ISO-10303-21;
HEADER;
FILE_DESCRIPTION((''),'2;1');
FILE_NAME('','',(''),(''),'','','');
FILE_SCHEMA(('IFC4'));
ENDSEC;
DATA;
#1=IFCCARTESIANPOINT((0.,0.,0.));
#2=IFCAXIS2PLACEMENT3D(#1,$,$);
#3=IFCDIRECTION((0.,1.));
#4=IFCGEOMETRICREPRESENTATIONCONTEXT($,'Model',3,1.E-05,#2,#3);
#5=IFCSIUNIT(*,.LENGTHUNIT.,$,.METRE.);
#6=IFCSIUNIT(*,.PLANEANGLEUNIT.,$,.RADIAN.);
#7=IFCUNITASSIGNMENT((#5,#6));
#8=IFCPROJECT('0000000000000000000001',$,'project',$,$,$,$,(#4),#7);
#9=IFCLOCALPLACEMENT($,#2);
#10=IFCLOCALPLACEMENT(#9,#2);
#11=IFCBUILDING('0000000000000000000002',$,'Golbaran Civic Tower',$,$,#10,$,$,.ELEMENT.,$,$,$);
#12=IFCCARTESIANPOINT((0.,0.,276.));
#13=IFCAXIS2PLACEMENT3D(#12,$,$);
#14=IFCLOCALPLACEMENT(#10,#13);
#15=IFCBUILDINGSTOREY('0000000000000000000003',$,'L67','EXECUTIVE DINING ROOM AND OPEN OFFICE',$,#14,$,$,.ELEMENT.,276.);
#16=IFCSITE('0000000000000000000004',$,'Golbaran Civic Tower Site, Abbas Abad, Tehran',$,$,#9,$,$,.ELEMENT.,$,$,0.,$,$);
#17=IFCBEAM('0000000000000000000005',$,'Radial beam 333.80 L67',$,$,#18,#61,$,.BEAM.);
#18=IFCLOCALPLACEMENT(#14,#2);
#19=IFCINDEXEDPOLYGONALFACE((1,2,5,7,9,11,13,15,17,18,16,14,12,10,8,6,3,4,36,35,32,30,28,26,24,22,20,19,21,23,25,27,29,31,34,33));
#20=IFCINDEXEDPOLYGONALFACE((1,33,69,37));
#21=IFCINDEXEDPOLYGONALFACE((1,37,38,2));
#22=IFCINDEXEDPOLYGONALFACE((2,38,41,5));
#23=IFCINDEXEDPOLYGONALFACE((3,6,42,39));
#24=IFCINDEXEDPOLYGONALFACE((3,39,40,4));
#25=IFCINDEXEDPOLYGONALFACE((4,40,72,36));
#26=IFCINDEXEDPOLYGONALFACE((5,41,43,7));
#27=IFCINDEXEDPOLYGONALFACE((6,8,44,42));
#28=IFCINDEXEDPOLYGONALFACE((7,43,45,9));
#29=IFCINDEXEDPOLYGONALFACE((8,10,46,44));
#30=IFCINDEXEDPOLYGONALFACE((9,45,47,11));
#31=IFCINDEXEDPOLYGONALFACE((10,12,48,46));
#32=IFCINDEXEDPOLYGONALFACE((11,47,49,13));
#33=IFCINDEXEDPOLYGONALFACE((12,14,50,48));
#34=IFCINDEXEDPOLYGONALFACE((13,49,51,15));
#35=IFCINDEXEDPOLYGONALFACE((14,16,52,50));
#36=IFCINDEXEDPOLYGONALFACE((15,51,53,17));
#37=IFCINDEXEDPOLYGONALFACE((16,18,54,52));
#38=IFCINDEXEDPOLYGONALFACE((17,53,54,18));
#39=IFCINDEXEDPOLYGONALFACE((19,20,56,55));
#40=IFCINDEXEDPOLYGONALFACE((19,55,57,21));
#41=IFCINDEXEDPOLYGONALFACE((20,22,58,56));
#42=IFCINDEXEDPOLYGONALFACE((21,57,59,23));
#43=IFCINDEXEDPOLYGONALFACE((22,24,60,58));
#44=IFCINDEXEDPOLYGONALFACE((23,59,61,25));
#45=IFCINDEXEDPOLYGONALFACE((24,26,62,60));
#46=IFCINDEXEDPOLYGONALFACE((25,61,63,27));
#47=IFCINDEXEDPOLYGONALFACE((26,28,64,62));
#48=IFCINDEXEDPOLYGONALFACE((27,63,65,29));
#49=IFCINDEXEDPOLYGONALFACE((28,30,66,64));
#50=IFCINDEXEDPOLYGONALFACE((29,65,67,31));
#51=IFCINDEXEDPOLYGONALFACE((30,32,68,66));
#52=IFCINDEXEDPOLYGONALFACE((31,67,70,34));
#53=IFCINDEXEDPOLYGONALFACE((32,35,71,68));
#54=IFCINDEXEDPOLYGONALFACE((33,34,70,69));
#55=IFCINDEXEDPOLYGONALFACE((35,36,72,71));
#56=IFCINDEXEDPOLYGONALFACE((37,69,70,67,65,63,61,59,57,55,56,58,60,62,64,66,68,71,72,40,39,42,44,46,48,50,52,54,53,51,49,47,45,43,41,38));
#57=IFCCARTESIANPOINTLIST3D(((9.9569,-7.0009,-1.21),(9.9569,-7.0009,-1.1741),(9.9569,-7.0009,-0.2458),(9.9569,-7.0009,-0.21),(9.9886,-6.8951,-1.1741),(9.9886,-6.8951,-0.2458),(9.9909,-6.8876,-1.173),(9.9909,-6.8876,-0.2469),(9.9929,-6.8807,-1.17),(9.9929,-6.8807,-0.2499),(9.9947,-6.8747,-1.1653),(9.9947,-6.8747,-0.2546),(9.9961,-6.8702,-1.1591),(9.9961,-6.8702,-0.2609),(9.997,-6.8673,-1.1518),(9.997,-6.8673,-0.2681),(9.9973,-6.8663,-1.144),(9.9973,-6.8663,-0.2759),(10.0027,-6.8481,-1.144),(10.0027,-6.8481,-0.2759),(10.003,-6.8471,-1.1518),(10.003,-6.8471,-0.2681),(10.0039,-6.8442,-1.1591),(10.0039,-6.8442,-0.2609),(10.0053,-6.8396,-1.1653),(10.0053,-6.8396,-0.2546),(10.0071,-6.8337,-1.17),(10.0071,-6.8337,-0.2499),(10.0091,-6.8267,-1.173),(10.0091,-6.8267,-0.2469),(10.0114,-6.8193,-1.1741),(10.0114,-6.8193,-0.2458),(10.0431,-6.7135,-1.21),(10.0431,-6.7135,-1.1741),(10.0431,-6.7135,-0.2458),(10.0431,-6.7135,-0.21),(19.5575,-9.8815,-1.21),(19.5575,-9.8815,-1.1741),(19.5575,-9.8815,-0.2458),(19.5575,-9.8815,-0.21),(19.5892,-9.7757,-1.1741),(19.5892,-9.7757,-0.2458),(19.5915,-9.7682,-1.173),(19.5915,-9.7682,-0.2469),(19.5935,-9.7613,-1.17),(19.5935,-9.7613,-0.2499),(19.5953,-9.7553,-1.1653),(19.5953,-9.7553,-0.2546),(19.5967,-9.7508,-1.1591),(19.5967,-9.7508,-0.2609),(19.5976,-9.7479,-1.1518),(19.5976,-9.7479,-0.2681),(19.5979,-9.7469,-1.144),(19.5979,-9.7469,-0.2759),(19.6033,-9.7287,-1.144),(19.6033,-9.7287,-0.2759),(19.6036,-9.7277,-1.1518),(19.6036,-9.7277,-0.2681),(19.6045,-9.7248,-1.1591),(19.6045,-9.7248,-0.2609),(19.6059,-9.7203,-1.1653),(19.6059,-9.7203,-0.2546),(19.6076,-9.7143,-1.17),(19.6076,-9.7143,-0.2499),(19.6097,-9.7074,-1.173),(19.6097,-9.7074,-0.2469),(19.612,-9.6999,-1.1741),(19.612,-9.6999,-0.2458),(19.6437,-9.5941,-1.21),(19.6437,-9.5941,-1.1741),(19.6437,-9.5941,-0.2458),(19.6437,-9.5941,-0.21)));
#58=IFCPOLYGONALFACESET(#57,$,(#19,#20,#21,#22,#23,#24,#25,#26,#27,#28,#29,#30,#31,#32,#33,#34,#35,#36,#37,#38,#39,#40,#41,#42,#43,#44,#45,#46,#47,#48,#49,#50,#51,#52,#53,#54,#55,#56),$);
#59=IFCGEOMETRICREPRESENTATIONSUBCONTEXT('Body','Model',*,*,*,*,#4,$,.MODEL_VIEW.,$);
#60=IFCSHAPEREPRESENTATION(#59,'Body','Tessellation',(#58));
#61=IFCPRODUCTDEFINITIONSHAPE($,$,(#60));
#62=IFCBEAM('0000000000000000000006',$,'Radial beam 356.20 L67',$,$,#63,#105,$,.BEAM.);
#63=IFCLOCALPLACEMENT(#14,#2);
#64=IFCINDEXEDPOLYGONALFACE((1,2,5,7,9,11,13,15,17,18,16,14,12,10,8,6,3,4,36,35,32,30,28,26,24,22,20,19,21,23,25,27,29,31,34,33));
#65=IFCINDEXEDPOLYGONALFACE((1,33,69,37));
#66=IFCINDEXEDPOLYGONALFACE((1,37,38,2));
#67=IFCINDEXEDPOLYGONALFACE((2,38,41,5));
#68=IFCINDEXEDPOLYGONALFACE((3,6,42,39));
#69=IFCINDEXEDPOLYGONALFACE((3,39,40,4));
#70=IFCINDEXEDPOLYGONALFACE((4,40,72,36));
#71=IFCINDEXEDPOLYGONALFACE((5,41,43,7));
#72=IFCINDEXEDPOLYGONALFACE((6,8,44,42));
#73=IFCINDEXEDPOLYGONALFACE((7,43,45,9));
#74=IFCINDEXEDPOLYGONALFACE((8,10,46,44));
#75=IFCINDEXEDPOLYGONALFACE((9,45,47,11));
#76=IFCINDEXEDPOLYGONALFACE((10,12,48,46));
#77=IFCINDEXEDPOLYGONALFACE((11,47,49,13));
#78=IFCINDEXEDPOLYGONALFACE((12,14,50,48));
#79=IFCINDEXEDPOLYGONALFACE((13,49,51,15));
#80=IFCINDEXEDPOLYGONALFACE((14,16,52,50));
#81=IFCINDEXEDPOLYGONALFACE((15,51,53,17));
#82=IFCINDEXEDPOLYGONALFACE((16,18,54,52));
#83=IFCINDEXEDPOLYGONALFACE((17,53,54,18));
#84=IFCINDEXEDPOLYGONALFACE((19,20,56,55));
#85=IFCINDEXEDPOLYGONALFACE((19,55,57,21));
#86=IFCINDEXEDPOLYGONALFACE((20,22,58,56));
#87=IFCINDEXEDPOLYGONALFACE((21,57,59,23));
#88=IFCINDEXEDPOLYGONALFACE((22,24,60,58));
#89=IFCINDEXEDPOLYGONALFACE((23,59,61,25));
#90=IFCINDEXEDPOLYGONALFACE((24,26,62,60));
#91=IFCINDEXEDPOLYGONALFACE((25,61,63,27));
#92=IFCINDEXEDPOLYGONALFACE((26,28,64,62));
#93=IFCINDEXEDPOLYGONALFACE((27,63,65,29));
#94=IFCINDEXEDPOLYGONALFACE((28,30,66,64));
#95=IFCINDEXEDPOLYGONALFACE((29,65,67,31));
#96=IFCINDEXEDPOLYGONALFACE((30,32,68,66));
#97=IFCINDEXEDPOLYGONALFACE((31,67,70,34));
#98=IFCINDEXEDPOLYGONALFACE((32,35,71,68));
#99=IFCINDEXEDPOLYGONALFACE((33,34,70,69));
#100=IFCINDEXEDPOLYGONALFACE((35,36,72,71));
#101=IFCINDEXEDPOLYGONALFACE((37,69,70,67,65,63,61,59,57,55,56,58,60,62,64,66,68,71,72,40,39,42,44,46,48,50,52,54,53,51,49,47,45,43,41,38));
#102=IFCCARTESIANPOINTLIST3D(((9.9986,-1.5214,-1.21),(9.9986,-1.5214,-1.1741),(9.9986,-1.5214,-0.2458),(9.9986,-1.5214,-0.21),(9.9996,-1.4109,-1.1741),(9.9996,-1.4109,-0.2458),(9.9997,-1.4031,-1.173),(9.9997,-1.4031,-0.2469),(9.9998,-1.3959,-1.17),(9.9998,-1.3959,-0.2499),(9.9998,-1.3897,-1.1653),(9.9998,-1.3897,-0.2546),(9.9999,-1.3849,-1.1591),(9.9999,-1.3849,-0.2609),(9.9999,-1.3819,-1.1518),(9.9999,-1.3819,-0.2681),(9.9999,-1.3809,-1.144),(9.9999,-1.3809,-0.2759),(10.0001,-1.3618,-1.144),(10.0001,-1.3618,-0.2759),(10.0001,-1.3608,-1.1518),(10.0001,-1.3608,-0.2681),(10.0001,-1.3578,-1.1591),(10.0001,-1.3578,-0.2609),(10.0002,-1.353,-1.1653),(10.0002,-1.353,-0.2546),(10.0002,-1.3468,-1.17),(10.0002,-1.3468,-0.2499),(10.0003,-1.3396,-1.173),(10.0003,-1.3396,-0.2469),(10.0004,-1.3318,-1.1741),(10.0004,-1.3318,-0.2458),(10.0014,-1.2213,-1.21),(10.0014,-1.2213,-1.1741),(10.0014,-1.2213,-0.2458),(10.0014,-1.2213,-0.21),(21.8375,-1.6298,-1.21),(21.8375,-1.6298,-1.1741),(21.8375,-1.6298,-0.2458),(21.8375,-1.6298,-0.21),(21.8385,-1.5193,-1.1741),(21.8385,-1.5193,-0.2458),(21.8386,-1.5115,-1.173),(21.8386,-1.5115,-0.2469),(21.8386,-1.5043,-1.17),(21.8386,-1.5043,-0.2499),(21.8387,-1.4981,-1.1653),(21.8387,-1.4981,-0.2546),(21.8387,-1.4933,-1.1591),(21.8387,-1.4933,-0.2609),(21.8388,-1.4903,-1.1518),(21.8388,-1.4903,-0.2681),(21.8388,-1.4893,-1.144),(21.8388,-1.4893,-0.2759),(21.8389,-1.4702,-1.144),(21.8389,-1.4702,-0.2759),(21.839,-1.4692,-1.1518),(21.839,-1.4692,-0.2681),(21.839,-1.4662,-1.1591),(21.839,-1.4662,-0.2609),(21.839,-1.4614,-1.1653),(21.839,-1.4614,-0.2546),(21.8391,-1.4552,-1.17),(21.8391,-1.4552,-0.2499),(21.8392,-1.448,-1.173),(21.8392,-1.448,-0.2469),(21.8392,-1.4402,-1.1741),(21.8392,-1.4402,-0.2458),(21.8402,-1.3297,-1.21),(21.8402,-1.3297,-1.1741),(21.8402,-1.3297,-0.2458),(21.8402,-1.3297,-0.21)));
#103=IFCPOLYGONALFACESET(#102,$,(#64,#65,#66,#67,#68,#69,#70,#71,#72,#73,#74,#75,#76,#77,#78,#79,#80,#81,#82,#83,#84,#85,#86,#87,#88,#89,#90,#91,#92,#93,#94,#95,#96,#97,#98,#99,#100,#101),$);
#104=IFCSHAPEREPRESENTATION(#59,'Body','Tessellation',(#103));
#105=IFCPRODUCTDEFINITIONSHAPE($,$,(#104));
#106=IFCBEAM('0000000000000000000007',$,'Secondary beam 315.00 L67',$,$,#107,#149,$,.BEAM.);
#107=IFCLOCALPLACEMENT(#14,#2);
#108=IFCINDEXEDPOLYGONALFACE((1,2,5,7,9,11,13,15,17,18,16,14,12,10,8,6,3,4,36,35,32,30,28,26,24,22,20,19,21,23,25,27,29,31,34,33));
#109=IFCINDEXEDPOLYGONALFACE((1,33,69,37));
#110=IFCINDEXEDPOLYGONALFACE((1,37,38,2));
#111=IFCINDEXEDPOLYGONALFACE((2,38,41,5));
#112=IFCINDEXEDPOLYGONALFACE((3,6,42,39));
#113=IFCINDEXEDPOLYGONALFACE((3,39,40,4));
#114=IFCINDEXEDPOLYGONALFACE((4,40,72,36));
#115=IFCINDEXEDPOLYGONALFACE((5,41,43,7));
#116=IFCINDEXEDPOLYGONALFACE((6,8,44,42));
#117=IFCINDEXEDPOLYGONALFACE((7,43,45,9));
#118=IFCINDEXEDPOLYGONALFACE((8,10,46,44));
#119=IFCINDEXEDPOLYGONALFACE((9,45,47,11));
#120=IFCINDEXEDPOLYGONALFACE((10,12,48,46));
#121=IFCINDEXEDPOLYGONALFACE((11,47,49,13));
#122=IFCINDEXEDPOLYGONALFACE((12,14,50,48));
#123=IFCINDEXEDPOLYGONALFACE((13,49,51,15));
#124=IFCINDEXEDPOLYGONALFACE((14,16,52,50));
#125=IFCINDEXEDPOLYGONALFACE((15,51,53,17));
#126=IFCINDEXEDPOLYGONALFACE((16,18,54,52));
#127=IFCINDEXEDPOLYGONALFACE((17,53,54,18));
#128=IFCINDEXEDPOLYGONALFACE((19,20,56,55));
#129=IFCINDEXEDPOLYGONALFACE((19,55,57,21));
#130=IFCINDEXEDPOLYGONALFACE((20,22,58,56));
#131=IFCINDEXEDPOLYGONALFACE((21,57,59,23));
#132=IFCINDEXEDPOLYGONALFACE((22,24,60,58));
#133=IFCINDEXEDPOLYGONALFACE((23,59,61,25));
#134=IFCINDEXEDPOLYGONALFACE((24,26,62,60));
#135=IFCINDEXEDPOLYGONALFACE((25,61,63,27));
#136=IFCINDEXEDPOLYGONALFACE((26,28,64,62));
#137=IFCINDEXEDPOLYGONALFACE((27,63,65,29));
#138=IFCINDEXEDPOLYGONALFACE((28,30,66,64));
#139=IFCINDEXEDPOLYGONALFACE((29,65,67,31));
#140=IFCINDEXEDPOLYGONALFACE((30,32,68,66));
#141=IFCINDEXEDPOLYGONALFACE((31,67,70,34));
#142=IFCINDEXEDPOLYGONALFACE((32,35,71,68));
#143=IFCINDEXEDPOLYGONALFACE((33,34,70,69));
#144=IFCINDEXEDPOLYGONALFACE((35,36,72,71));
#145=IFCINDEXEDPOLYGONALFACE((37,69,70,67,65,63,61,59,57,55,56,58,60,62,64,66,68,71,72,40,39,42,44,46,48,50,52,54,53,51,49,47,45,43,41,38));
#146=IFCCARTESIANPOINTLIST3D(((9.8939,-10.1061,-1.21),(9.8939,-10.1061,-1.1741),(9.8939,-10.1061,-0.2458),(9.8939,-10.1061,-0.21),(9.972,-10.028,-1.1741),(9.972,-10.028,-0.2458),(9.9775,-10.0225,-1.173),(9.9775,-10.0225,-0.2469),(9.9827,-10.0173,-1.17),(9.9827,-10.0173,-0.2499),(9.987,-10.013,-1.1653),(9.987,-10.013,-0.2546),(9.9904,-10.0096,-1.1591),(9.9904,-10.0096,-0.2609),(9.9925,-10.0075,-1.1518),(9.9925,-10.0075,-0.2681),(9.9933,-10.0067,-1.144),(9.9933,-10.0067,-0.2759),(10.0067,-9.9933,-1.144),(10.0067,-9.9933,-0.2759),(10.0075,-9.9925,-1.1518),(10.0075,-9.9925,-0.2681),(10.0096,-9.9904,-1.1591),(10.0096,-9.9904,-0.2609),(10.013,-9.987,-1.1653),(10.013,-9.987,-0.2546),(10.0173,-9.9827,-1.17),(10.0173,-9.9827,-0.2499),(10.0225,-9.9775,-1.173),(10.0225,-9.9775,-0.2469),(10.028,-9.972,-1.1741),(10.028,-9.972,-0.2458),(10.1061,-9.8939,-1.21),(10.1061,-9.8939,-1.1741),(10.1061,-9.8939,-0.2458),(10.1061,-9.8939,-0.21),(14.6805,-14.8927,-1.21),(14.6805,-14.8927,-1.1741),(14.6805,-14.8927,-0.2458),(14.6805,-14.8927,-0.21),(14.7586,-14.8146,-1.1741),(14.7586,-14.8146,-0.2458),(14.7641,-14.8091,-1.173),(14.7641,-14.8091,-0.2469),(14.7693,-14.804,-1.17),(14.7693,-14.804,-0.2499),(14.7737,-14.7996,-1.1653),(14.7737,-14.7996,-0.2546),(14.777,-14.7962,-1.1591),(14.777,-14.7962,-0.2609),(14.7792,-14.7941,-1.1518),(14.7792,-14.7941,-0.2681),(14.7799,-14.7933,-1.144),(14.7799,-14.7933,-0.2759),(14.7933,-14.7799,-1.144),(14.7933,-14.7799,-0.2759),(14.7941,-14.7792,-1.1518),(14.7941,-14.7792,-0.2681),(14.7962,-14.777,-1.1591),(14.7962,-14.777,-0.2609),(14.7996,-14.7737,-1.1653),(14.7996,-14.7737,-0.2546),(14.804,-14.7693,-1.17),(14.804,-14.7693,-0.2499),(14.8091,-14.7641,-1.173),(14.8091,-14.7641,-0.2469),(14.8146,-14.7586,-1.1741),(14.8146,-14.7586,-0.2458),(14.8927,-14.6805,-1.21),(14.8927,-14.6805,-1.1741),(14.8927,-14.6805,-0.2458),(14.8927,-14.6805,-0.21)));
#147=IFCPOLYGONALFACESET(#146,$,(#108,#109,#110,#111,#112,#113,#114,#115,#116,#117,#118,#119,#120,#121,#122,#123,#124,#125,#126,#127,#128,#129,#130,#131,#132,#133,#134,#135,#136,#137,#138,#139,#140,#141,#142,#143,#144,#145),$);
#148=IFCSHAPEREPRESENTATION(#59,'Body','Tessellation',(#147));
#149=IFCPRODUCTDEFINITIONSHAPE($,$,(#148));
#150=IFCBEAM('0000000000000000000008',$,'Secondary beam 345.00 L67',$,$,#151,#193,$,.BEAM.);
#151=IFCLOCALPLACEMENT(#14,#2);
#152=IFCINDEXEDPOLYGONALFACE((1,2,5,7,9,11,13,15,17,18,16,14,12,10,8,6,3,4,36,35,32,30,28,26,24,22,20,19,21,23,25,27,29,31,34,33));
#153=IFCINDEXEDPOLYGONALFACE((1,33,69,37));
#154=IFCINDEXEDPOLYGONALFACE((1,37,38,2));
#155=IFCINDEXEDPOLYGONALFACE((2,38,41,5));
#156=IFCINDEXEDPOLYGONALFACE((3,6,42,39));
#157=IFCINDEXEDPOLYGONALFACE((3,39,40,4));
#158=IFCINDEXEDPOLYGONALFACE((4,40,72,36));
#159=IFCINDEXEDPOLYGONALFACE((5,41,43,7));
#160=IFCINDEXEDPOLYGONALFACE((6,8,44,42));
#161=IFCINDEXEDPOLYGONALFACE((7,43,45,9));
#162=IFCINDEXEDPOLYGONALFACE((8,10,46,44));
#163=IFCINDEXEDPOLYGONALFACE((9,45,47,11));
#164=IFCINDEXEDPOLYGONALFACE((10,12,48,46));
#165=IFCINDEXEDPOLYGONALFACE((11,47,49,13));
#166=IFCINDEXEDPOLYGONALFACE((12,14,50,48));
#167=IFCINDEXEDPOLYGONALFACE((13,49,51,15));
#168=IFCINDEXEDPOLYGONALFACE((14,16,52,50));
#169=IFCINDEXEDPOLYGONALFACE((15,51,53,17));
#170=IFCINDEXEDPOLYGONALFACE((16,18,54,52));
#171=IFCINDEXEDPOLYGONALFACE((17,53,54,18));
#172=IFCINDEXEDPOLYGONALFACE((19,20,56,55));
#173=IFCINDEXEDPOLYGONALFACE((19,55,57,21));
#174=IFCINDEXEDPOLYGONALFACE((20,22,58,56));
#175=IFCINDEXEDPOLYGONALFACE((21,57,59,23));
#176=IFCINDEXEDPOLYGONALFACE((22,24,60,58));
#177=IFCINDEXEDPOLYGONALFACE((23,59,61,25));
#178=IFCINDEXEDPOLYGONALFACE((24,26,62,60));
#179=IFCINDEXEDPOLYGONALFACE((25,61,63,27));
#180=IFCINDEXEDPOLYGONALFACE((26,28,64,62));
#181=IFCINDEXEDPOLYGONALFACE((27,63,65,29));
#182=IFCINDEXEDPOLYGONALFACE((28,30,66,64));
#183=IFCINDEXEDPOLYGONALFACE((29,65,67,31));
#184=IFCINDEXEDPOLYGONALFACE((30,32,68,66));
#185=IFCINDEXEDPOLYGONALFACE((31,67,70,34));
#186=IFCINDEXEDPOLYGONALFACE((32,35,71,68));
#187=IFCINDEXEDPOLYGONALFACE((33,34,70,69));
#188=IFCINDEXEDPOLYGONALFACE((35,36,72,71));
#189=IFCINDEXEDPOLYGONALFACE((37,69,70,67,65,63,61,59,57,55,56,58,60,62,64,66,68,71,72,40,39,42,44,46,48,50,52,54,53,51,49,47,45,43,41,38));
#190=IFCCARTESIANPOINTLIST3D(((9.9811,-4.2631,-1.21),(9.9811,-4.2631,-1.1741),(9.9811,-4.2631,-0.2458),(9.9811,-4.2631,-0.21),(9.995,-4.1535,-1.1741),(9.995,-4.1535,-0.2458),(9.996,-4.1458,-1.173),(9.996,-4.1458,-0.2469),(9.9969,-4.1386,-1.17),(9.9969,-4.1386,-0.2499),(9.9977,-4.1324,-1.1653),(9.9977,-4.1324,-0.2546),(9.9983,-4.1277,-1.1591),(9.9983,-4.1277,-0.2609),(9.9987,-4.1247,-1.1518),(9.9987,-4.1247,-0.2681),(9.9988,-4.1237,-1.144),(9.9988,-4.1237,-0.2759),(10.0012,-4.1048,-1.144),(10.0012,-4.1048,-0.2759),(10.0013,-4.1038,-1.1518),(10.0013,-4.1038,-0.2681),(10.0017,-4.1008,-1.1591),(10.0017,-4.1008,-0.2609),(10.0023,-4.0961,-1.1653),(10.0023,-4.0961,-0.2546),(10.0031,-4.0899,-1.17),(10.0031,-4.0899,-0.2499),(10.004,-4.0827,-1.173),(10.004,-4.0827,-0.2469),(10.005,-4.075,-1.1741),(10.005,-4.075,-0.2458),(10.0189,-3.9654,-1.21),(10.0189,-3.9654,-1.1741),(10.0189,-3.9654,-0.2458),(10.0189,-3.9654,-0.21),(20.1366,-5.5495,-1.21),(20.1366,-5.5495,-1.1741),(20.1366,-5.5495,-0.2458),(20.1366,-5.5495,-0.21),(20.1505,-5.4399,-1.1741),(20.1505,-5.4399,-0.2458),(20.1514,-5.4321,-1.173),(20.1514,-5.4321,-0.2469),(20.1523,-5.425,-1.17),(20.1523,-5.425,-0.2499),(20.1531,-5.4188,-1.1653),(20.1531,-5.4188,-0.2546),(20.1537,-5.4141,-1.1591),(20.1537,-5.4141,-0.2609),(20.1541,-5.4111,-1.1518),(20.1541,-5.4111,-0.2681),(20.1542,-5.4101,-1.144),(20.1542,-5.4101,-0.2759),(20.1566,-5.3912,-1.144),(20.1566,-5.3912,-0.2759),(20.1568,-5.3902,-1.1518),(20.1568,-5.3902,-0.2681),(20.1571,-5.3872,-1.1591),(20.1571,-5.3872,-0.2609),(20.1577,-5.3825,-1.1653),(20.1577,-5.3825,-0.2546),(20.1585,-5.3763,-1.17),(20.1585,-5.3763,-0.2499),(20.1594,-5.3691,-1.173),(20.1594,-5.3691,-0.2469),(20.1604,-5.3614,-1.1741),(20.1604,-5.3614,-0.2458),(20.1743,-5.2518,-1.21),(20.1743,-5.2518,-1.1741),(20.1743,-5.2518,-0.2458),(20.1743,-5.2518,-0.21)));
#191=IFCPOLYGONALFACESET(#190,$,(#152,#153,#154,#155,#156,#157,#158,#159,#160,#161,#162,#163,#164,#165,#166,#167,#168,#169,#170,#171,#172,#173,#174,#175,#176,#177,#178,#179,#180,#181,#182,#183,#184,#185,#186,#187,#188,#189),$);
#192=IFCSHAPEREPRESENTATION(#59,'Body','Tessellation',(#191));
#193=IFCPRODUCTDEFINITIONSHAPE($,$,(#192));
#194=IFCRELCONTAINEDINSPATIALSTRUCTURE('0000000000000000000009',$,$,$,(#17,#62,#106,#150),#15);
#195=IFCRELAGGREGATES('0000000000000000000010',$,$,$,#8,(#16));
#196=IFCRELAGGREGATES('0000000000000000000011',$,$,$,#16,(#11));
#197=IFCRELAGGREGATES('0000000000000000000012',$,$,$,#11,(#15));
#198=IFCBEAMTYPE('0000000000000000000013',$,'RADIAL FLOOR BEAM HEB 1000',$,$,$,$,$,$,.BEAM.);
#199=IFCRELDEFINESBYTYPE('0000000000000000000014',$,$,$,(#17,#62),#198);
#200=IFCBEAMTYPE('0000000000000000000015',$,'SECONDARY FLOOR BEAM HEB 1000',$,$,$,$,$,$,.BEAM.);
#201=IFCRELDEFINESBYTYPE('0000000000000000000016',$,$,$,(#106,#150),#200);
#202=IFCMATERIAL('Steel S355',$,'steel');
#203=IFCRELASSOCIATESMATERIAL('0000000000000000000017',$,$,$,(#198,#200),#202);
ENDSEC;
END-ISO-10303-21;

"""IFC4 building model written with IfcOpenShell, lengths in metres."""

from ifc_helpers import new_model, si_unit, direction, frame, origin, origin_2d, place, context, subcontext, project, spatial, i_section, extrude, material, material_profile, profile_set, type_object, element, save


model = new_model("IFC4")

# Units and contexts
model_context = context("Model", 3, precision=1e-05, world=origin(), true_north=direction((0.0, 1.0)))
body_context = subcontext(model_context, "Body", "Model", "MODEL_VIEW")
ifc_project = project(units=[si_unit("LENGTHUNIT", "METRE"), si_unit("PLANEANGLEUNIT", "RADIAN")], contexts=[model_context])

# Site, building, storey
site_placement = place(None, origin())
site = spatial("IfcSite", under=ifc_project, at=site_placement, Name="Golbaran Civic Tower Site, Abbas Abad, Tehran", CompositionType="ELEMENT", RefElevation=0.0)
building_placement = place(site_placement, origin())
building = spatial("IfcBuilding", under=site, at=building_placement, Name="Golbaran Civic Tower", CompositionType="ELEMENT")
storey_placement = place(building_placement, frame((0.0, 0.0, 276.0)))
storey = spatial("IfcBuildingStorey", under=building, at=storey_placement, Name="L67", Description="EXECUTIVE DINING ROOM AND OPEN OFFICE", CompositionType="ELEMENT", Elevation=276.0)

# Beams
ifc_material_1 = material(Name="Steel S355", Category="steel")
ifc_material_profile_1 = material_profile(ifc_material_1, i_section(OverallWidth=0.3, OverallDepth=1.0, WebThickness=0.019, FlangeThickness=0.0359, FilletRadius=0.03, at=origin_2d()), Name="HEB 1000")
ifc_profile_set_1 = profile_set([ifc_material_profile_1], Name="Steel S355")
beam_type_1 = type_object("IfcBeamType", Name="RADIAL FLOOR BEAM HEB 1000", PredefinedType="BEAM", material=ifc_profile_set_1)
beam_1_placement = place(storey_placement, frame((10.0, -6.8572, -0.71), z_axis=(0.957814, -0.287388, 0.0), x_axis=(0.287388, 0.957814, 0.0)))
element("IfcBeam", 1, at=beam_1_placement, inside=storey, type_object=beam_type_1, Name="Radial beam 333.80 L67", PredefinedType="BEAM", context=body_context, shape_type="SweptSolid", body=[
    extrude(i_section(OverallWidth=0.3, OverallDepth=1.0, WebThickness=0.019, FlangeThickness=0.0359, FilletRadius=0.03, at=origin_2d()), origin(), (0.0, 0.0, 1.0), 10.0234),
])
beam_2_placement = place(storey_placement, frame((10.0, -1.3713, -0.71), z_axis=(0.999958, -0.009156, 0.0), x_axis=(0.009156, 0.999958, 0.0)))
element("IfcBeam", 2, at=beam_2_placement, inside=storey, type_object=beam_type_1, Name="Radial beam 356.20 L67", PredefinedType="BEAM", context=body_context, shape_type="SweptSolid", body=[
    extrude(i_section(OverallWidth=0.3, OverallDepth=1.0, WebThickness=0.019, FlangeThickness=0.0359, FilletRadius=0.03, at=origin_2d()), origin(), (0.0, 0.0, 1.0), 11.8394),
])
ifc_material_profile_2 = material_profile(ifc_material_1, i_section(OverallWidth=0.3, OverallDepth=1.0, WebThickness=0.019, FlangeThickness=0.0359, FilletRadius=0.03, at=origin_2d()), Name="HEB 1000")
ifc_profile_set_2 = profile_set([ifc_material_profile_2], Name="Steel S355")
beam_type_2 = type_object("IfcBeamType", Name="SECONDARY FLOOR BEAM HEB 1000", PredefinedType="BEAM", material=ifc_profile_set_2)
beam_3_placement = place(storey_placement, frame((10.0, -10.0, -0.71), z_axis=(0.707107, -0.707107, 0.0), x_axis=(0.707107, 0.707107, 0.0)))
element("IfcBeam", 3, at=beam_3_placement, inside=storey, type_object=beam_type_2, Name="Secondary beam 315.00 L67", PredefinedType="BEAM", context=body_context, shape_type="SweptSolid", body=[
    extrude(i_section(OverallWidth=0.3, OverallDepth=1.0, WebThickness=0.019, FlangeThickness=0.0359, FilletRadius=0.03, at=origin_2d()), origin(), (0.0, 0.0, 1.0), 6.7693),
])
beam_4_placement = place(storey_placement, frame((10.0, -4.1143, -0.71), z_axis=(0.992073, -0.125664, 0.0), x_axis=(0.125664, 0.992073, 0.0)))
element("IfcBeam", 4, at=beam_4_placement, inside=storey, type_object=beam_type_2, Name="Secondary beam 345.00 L67", PredefinedType="BEAM", context=body_context, shape_type="SweptSolid", body=[
    extrude(i_section(OverallWidth=0.3, OverallDepth=1.0, WebThickness=0.019, FlangeThickness=0.0359, FilletRadius=0.03, at=origin_2d()), origin(), (0.0, 0.0, 1.0), 10.2366),
])

save(model, "model.ifc")
